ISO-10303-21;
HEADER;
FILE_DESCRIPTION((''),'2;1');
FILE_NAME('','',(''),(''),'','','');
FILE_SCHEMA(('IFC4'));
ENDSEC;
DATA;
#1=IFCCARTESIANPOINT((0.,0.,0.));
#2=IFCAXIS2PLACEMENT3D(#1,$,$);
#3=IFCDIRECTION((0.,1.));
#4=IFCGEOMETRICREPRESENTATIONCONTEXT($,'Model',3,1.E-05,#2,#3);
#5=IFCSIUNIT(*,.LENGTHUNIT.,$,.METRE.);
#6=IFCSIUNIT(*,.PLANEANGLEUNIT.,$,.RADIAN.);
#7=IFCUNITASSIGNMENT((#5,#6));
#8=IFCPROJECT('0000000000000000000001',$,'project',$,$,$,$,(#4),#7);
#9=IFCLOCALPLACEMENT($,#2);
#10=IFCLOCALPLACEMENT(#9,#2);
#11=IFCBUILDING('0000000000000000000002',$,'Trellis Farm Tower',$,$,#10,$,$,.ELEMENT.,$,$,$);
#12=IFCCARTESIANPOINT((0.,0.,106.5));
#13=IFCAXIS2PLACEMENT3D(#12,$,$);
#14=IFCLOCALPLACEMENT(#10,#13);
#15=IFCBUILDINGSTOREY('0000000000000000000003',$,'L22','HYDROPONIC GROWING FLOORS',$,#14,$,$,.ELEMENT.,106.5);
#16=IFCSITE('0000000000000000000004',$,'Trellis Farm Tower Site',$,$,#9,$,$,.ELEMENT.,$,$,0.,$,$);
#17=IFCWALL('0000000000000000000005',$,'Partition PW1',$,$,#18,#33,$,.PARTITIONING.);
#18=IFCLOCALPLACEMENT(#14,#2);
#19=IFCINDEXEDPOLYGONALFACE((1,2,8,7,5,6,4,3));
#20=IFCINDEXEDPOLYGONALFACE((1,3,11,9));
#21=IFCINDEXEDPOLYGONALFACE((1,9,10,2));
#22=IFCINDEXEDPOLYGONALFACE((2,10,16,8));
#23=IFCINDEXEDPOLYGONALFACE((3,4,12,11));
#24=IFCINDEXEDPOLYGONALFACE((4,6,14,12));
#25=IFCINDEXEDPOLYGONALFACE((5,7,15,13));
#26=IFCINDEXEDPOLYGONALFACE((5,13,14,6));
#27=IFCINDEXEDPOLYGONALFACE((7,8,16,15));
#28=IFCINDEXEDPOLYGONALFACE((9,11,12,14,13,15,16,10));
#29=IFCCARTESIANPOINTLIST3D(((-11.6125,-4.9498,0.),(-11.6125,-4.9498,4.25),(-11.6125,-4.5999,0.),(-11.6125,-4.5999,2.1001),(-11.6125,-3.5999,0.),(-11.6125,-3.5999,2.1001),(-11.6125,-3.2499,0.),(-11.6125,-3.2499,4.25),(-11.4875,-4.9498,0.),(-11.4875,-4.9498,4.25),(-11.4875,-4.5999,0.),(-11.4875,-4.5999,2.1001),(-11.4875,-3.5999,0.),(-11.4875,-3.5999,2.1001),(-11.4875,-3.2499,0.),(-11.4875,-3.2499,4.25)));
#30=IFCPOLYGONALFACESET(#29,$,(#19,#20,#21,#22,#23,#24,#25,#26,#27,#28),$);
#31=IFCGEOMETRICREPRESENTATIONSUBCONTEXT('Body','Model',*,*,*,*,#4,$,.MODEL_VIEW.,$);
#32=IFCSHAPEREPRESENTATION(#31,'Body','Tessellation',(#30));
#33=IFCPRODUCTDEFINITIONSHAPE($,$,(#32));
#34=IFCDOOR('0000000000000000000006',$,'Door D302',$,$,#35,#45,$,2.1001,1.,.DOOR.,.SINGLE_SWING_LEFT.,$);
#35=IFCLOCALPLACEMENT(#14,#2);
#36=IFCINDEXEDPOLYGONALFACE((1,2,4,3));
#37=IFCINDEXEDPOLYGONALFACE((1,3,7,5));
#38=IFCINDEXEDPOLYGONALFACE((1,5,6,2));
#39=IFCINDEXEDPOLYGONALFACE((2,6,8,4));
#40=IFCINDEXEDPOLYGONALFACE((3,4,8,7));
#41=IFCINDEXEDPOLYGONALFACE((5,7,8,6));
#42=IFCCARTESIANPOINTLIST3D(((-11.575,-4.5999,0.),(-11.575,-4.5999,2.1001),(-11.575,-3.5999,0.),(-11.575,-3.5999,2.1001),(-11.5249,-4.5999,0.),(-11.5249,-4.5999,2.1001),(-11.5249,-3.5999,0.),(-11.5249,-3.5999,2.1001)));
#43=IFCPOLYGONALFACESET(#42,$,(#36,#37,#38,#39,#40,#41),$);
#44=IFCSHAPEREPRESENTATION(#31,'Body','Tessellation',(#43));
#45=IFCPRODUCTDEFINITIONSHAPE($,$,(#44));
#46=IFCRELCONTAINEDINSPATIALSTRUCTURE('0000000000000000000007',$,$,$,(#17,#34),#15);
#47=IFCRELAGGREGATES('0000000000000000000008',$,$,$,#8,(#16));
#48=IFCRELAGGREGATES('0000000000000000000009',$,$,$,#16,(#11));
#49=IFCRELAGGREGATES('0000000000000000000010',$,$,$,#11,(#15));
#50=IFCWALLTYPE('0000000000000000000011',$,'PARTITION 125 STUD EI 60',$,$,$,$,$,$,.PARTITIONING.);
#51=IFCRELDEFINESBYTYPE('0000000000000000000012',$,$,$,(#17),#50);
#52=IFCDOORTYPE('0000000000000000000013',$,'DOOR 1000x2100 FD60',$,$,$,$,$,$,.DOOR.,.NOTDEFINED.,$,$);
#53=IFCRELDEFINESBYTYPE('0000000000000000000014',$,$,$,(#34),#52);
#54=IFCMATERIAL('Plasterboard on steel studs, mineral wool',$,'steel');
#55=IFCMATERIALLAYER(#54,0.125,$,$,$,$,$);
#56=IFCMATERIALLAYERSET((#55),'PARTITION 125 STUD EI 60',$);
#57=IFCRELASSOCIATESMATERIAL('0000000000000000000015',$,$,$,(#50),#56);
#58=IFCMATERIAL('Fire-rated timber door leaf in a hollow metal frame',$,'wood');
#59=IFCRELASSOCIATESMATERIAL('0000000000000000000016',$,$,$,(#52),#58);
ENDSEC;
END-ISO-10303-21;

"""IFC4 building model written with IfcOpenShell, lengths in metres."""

from ifc_helpers import new_model, si_unit, direction, frame, frame_2d, origin, place, context, subcontext, project, spatial, rectangle, extrude, source, transform, mapped, material, layer, layer_set, type_object, element, fill, save


model = new_model("IFC4")

# Units and contexts
model_context = context("Model", 3, precision=1e-05, world=origin(), true_north=direction((0.0, 1.0)))
body_context = subcontext(model_context, "Body", "Model", "MODEL_VIEW")
ifc_project = project(units=[si_unit("LENGTHUNIT", "METRE"), si_unit("PLANEANGLEUNIT", "RADIAN")], contexts=[model_context])

# Site, building, storey
site_placement = place(None, origin())
site = spatial("IfcSite", under=ifc_project, at=site_placement, Name="Trellis Farm Tower Site", CompositionType="ELEMENT", RefElevation=0.0)
building_placement = place(site_placement, origin())
building = spatial("IfcBuilding", under=site, at=building_placement, Name="Trellis Farm Tower", CompositionType="ELEMENT")
storey_placement = place(building_placement, frame((0.0, 0.0, 106.5)))
storey = spatial("IfcBuildingStorey", under=building, at=storey_placement, Name="L22", Description="HYDROPONIC GROWING FLOORS", CompositionType="ELEMENT", Elevation=106.5)

# Shared definitions
ifc_material_1 = material(Name="Plasterboard on steel studs, mineral wool", Category="steel")
ifc_layer_1 = layer(ifc_material_1, 0.125)
ifc_layer_set_1 = layer_set([ifc_layer_1], Name="PARTITION 125 STUD EI 60")
wall_type_1 = type_object("IfcWallType", Name="PARTITION 125 STUD EI 60", PredefinedType="PARTITIONING", material=ifc_layer_set_1)

# Wall, opening, door
shared_shape_1 = source(origin(), body_context, "Body", "SweptSolid", [
    extrude(rectangle(XDim=1.7, YDim=0.125, at=frame_2d((0.8501, 0.0))), origin(), (0.0, 0.0, 1.0), 4.25),
])
wall_1_placement = place(storey_placement, frame((-11.55, -4.95, 0.0), z_axis=(0.0, 0.0, 1.0), x_axis=(0.0, 1.0, 0.0)))
wall_1 = element("IfcWall", 1, at=wall_1_placement, inside=storey, type_object=wall_type_1, Name="Partition PW1", PredefinedType="PARTITIONING", context=body_context, shape_type="MappedRepresentation", body=[
    mapped(shared_shape_1, transform((0.0, 0.0, 0.0))),
])
shared_shape_2 = source(origin(), body_context, "Body", "SweptSolid", [
    extrude(rectangle(XDim=1.0, YDim=2.1001, at=frame_2d((0.5, 1.05))), frame((0.0, 0.0725, 0.0), z_axis=(0.0, -1.0, 0.0), x_axis=(1.0, 0.0, 0.0)), (0.0, 0.0, 1.0), 0.145),
])
opening_1_placement = place(wall_1_placement, frame((0.3501, 0.0, 0.0)))
opening_1 = element("IfcOpeningElement", 2, at=opening_1_placement, cuts=wall_1, PredefinedType="OPENING", context=body_context, shape_type="MappedRepresentation", body=[
    mapped(shared_shape_2, transform((0.0, 0.0, 0.0))),
])
ifc_material_2 = material(Name="Fire-rated timber door leaf in a hollow metal frame", Category="wood")
door_type_1 = type_object("IfcDoorType", Name="DOOR 1000x2100 FD60", OperationType="NOTDEFINED", PredefinedType="DOOR", material=ifc_material_2)
shared_shape_3 = source(origin(), body_context, "Body", "SweptSolid", [
    extrude(rectangle(XDim=1.0, YDim=2.1001, at=frame_2d((0.5, 1.05))), frame((0.0, 0.0249, 0.0), z_axis=(0.0, -1.0, 0.0), x_axis=(1.0, 0.0, 0.0)), (0.0, 0.0, 1.0), 0.05),
])
door_1_placement = place(opening_1_placement, origin())
door_1 = element("IfcDoor", 3, at=door_1_placement, inside=storey, type_object=door_type_1, Name="Door D302", OperationType="SINGLE_SWING_LEFT", OverallHeight=2.1001, OverallWidth=1.0, PredefinedType="DOOR", context=body_context, shape_type="MappedRepresentation", body=[
    mapped(shared_shape_3, transform((0.0, 0.0, 0.0))),
])
fill(opening_1, door_1)

save(model, "model.ifc")
